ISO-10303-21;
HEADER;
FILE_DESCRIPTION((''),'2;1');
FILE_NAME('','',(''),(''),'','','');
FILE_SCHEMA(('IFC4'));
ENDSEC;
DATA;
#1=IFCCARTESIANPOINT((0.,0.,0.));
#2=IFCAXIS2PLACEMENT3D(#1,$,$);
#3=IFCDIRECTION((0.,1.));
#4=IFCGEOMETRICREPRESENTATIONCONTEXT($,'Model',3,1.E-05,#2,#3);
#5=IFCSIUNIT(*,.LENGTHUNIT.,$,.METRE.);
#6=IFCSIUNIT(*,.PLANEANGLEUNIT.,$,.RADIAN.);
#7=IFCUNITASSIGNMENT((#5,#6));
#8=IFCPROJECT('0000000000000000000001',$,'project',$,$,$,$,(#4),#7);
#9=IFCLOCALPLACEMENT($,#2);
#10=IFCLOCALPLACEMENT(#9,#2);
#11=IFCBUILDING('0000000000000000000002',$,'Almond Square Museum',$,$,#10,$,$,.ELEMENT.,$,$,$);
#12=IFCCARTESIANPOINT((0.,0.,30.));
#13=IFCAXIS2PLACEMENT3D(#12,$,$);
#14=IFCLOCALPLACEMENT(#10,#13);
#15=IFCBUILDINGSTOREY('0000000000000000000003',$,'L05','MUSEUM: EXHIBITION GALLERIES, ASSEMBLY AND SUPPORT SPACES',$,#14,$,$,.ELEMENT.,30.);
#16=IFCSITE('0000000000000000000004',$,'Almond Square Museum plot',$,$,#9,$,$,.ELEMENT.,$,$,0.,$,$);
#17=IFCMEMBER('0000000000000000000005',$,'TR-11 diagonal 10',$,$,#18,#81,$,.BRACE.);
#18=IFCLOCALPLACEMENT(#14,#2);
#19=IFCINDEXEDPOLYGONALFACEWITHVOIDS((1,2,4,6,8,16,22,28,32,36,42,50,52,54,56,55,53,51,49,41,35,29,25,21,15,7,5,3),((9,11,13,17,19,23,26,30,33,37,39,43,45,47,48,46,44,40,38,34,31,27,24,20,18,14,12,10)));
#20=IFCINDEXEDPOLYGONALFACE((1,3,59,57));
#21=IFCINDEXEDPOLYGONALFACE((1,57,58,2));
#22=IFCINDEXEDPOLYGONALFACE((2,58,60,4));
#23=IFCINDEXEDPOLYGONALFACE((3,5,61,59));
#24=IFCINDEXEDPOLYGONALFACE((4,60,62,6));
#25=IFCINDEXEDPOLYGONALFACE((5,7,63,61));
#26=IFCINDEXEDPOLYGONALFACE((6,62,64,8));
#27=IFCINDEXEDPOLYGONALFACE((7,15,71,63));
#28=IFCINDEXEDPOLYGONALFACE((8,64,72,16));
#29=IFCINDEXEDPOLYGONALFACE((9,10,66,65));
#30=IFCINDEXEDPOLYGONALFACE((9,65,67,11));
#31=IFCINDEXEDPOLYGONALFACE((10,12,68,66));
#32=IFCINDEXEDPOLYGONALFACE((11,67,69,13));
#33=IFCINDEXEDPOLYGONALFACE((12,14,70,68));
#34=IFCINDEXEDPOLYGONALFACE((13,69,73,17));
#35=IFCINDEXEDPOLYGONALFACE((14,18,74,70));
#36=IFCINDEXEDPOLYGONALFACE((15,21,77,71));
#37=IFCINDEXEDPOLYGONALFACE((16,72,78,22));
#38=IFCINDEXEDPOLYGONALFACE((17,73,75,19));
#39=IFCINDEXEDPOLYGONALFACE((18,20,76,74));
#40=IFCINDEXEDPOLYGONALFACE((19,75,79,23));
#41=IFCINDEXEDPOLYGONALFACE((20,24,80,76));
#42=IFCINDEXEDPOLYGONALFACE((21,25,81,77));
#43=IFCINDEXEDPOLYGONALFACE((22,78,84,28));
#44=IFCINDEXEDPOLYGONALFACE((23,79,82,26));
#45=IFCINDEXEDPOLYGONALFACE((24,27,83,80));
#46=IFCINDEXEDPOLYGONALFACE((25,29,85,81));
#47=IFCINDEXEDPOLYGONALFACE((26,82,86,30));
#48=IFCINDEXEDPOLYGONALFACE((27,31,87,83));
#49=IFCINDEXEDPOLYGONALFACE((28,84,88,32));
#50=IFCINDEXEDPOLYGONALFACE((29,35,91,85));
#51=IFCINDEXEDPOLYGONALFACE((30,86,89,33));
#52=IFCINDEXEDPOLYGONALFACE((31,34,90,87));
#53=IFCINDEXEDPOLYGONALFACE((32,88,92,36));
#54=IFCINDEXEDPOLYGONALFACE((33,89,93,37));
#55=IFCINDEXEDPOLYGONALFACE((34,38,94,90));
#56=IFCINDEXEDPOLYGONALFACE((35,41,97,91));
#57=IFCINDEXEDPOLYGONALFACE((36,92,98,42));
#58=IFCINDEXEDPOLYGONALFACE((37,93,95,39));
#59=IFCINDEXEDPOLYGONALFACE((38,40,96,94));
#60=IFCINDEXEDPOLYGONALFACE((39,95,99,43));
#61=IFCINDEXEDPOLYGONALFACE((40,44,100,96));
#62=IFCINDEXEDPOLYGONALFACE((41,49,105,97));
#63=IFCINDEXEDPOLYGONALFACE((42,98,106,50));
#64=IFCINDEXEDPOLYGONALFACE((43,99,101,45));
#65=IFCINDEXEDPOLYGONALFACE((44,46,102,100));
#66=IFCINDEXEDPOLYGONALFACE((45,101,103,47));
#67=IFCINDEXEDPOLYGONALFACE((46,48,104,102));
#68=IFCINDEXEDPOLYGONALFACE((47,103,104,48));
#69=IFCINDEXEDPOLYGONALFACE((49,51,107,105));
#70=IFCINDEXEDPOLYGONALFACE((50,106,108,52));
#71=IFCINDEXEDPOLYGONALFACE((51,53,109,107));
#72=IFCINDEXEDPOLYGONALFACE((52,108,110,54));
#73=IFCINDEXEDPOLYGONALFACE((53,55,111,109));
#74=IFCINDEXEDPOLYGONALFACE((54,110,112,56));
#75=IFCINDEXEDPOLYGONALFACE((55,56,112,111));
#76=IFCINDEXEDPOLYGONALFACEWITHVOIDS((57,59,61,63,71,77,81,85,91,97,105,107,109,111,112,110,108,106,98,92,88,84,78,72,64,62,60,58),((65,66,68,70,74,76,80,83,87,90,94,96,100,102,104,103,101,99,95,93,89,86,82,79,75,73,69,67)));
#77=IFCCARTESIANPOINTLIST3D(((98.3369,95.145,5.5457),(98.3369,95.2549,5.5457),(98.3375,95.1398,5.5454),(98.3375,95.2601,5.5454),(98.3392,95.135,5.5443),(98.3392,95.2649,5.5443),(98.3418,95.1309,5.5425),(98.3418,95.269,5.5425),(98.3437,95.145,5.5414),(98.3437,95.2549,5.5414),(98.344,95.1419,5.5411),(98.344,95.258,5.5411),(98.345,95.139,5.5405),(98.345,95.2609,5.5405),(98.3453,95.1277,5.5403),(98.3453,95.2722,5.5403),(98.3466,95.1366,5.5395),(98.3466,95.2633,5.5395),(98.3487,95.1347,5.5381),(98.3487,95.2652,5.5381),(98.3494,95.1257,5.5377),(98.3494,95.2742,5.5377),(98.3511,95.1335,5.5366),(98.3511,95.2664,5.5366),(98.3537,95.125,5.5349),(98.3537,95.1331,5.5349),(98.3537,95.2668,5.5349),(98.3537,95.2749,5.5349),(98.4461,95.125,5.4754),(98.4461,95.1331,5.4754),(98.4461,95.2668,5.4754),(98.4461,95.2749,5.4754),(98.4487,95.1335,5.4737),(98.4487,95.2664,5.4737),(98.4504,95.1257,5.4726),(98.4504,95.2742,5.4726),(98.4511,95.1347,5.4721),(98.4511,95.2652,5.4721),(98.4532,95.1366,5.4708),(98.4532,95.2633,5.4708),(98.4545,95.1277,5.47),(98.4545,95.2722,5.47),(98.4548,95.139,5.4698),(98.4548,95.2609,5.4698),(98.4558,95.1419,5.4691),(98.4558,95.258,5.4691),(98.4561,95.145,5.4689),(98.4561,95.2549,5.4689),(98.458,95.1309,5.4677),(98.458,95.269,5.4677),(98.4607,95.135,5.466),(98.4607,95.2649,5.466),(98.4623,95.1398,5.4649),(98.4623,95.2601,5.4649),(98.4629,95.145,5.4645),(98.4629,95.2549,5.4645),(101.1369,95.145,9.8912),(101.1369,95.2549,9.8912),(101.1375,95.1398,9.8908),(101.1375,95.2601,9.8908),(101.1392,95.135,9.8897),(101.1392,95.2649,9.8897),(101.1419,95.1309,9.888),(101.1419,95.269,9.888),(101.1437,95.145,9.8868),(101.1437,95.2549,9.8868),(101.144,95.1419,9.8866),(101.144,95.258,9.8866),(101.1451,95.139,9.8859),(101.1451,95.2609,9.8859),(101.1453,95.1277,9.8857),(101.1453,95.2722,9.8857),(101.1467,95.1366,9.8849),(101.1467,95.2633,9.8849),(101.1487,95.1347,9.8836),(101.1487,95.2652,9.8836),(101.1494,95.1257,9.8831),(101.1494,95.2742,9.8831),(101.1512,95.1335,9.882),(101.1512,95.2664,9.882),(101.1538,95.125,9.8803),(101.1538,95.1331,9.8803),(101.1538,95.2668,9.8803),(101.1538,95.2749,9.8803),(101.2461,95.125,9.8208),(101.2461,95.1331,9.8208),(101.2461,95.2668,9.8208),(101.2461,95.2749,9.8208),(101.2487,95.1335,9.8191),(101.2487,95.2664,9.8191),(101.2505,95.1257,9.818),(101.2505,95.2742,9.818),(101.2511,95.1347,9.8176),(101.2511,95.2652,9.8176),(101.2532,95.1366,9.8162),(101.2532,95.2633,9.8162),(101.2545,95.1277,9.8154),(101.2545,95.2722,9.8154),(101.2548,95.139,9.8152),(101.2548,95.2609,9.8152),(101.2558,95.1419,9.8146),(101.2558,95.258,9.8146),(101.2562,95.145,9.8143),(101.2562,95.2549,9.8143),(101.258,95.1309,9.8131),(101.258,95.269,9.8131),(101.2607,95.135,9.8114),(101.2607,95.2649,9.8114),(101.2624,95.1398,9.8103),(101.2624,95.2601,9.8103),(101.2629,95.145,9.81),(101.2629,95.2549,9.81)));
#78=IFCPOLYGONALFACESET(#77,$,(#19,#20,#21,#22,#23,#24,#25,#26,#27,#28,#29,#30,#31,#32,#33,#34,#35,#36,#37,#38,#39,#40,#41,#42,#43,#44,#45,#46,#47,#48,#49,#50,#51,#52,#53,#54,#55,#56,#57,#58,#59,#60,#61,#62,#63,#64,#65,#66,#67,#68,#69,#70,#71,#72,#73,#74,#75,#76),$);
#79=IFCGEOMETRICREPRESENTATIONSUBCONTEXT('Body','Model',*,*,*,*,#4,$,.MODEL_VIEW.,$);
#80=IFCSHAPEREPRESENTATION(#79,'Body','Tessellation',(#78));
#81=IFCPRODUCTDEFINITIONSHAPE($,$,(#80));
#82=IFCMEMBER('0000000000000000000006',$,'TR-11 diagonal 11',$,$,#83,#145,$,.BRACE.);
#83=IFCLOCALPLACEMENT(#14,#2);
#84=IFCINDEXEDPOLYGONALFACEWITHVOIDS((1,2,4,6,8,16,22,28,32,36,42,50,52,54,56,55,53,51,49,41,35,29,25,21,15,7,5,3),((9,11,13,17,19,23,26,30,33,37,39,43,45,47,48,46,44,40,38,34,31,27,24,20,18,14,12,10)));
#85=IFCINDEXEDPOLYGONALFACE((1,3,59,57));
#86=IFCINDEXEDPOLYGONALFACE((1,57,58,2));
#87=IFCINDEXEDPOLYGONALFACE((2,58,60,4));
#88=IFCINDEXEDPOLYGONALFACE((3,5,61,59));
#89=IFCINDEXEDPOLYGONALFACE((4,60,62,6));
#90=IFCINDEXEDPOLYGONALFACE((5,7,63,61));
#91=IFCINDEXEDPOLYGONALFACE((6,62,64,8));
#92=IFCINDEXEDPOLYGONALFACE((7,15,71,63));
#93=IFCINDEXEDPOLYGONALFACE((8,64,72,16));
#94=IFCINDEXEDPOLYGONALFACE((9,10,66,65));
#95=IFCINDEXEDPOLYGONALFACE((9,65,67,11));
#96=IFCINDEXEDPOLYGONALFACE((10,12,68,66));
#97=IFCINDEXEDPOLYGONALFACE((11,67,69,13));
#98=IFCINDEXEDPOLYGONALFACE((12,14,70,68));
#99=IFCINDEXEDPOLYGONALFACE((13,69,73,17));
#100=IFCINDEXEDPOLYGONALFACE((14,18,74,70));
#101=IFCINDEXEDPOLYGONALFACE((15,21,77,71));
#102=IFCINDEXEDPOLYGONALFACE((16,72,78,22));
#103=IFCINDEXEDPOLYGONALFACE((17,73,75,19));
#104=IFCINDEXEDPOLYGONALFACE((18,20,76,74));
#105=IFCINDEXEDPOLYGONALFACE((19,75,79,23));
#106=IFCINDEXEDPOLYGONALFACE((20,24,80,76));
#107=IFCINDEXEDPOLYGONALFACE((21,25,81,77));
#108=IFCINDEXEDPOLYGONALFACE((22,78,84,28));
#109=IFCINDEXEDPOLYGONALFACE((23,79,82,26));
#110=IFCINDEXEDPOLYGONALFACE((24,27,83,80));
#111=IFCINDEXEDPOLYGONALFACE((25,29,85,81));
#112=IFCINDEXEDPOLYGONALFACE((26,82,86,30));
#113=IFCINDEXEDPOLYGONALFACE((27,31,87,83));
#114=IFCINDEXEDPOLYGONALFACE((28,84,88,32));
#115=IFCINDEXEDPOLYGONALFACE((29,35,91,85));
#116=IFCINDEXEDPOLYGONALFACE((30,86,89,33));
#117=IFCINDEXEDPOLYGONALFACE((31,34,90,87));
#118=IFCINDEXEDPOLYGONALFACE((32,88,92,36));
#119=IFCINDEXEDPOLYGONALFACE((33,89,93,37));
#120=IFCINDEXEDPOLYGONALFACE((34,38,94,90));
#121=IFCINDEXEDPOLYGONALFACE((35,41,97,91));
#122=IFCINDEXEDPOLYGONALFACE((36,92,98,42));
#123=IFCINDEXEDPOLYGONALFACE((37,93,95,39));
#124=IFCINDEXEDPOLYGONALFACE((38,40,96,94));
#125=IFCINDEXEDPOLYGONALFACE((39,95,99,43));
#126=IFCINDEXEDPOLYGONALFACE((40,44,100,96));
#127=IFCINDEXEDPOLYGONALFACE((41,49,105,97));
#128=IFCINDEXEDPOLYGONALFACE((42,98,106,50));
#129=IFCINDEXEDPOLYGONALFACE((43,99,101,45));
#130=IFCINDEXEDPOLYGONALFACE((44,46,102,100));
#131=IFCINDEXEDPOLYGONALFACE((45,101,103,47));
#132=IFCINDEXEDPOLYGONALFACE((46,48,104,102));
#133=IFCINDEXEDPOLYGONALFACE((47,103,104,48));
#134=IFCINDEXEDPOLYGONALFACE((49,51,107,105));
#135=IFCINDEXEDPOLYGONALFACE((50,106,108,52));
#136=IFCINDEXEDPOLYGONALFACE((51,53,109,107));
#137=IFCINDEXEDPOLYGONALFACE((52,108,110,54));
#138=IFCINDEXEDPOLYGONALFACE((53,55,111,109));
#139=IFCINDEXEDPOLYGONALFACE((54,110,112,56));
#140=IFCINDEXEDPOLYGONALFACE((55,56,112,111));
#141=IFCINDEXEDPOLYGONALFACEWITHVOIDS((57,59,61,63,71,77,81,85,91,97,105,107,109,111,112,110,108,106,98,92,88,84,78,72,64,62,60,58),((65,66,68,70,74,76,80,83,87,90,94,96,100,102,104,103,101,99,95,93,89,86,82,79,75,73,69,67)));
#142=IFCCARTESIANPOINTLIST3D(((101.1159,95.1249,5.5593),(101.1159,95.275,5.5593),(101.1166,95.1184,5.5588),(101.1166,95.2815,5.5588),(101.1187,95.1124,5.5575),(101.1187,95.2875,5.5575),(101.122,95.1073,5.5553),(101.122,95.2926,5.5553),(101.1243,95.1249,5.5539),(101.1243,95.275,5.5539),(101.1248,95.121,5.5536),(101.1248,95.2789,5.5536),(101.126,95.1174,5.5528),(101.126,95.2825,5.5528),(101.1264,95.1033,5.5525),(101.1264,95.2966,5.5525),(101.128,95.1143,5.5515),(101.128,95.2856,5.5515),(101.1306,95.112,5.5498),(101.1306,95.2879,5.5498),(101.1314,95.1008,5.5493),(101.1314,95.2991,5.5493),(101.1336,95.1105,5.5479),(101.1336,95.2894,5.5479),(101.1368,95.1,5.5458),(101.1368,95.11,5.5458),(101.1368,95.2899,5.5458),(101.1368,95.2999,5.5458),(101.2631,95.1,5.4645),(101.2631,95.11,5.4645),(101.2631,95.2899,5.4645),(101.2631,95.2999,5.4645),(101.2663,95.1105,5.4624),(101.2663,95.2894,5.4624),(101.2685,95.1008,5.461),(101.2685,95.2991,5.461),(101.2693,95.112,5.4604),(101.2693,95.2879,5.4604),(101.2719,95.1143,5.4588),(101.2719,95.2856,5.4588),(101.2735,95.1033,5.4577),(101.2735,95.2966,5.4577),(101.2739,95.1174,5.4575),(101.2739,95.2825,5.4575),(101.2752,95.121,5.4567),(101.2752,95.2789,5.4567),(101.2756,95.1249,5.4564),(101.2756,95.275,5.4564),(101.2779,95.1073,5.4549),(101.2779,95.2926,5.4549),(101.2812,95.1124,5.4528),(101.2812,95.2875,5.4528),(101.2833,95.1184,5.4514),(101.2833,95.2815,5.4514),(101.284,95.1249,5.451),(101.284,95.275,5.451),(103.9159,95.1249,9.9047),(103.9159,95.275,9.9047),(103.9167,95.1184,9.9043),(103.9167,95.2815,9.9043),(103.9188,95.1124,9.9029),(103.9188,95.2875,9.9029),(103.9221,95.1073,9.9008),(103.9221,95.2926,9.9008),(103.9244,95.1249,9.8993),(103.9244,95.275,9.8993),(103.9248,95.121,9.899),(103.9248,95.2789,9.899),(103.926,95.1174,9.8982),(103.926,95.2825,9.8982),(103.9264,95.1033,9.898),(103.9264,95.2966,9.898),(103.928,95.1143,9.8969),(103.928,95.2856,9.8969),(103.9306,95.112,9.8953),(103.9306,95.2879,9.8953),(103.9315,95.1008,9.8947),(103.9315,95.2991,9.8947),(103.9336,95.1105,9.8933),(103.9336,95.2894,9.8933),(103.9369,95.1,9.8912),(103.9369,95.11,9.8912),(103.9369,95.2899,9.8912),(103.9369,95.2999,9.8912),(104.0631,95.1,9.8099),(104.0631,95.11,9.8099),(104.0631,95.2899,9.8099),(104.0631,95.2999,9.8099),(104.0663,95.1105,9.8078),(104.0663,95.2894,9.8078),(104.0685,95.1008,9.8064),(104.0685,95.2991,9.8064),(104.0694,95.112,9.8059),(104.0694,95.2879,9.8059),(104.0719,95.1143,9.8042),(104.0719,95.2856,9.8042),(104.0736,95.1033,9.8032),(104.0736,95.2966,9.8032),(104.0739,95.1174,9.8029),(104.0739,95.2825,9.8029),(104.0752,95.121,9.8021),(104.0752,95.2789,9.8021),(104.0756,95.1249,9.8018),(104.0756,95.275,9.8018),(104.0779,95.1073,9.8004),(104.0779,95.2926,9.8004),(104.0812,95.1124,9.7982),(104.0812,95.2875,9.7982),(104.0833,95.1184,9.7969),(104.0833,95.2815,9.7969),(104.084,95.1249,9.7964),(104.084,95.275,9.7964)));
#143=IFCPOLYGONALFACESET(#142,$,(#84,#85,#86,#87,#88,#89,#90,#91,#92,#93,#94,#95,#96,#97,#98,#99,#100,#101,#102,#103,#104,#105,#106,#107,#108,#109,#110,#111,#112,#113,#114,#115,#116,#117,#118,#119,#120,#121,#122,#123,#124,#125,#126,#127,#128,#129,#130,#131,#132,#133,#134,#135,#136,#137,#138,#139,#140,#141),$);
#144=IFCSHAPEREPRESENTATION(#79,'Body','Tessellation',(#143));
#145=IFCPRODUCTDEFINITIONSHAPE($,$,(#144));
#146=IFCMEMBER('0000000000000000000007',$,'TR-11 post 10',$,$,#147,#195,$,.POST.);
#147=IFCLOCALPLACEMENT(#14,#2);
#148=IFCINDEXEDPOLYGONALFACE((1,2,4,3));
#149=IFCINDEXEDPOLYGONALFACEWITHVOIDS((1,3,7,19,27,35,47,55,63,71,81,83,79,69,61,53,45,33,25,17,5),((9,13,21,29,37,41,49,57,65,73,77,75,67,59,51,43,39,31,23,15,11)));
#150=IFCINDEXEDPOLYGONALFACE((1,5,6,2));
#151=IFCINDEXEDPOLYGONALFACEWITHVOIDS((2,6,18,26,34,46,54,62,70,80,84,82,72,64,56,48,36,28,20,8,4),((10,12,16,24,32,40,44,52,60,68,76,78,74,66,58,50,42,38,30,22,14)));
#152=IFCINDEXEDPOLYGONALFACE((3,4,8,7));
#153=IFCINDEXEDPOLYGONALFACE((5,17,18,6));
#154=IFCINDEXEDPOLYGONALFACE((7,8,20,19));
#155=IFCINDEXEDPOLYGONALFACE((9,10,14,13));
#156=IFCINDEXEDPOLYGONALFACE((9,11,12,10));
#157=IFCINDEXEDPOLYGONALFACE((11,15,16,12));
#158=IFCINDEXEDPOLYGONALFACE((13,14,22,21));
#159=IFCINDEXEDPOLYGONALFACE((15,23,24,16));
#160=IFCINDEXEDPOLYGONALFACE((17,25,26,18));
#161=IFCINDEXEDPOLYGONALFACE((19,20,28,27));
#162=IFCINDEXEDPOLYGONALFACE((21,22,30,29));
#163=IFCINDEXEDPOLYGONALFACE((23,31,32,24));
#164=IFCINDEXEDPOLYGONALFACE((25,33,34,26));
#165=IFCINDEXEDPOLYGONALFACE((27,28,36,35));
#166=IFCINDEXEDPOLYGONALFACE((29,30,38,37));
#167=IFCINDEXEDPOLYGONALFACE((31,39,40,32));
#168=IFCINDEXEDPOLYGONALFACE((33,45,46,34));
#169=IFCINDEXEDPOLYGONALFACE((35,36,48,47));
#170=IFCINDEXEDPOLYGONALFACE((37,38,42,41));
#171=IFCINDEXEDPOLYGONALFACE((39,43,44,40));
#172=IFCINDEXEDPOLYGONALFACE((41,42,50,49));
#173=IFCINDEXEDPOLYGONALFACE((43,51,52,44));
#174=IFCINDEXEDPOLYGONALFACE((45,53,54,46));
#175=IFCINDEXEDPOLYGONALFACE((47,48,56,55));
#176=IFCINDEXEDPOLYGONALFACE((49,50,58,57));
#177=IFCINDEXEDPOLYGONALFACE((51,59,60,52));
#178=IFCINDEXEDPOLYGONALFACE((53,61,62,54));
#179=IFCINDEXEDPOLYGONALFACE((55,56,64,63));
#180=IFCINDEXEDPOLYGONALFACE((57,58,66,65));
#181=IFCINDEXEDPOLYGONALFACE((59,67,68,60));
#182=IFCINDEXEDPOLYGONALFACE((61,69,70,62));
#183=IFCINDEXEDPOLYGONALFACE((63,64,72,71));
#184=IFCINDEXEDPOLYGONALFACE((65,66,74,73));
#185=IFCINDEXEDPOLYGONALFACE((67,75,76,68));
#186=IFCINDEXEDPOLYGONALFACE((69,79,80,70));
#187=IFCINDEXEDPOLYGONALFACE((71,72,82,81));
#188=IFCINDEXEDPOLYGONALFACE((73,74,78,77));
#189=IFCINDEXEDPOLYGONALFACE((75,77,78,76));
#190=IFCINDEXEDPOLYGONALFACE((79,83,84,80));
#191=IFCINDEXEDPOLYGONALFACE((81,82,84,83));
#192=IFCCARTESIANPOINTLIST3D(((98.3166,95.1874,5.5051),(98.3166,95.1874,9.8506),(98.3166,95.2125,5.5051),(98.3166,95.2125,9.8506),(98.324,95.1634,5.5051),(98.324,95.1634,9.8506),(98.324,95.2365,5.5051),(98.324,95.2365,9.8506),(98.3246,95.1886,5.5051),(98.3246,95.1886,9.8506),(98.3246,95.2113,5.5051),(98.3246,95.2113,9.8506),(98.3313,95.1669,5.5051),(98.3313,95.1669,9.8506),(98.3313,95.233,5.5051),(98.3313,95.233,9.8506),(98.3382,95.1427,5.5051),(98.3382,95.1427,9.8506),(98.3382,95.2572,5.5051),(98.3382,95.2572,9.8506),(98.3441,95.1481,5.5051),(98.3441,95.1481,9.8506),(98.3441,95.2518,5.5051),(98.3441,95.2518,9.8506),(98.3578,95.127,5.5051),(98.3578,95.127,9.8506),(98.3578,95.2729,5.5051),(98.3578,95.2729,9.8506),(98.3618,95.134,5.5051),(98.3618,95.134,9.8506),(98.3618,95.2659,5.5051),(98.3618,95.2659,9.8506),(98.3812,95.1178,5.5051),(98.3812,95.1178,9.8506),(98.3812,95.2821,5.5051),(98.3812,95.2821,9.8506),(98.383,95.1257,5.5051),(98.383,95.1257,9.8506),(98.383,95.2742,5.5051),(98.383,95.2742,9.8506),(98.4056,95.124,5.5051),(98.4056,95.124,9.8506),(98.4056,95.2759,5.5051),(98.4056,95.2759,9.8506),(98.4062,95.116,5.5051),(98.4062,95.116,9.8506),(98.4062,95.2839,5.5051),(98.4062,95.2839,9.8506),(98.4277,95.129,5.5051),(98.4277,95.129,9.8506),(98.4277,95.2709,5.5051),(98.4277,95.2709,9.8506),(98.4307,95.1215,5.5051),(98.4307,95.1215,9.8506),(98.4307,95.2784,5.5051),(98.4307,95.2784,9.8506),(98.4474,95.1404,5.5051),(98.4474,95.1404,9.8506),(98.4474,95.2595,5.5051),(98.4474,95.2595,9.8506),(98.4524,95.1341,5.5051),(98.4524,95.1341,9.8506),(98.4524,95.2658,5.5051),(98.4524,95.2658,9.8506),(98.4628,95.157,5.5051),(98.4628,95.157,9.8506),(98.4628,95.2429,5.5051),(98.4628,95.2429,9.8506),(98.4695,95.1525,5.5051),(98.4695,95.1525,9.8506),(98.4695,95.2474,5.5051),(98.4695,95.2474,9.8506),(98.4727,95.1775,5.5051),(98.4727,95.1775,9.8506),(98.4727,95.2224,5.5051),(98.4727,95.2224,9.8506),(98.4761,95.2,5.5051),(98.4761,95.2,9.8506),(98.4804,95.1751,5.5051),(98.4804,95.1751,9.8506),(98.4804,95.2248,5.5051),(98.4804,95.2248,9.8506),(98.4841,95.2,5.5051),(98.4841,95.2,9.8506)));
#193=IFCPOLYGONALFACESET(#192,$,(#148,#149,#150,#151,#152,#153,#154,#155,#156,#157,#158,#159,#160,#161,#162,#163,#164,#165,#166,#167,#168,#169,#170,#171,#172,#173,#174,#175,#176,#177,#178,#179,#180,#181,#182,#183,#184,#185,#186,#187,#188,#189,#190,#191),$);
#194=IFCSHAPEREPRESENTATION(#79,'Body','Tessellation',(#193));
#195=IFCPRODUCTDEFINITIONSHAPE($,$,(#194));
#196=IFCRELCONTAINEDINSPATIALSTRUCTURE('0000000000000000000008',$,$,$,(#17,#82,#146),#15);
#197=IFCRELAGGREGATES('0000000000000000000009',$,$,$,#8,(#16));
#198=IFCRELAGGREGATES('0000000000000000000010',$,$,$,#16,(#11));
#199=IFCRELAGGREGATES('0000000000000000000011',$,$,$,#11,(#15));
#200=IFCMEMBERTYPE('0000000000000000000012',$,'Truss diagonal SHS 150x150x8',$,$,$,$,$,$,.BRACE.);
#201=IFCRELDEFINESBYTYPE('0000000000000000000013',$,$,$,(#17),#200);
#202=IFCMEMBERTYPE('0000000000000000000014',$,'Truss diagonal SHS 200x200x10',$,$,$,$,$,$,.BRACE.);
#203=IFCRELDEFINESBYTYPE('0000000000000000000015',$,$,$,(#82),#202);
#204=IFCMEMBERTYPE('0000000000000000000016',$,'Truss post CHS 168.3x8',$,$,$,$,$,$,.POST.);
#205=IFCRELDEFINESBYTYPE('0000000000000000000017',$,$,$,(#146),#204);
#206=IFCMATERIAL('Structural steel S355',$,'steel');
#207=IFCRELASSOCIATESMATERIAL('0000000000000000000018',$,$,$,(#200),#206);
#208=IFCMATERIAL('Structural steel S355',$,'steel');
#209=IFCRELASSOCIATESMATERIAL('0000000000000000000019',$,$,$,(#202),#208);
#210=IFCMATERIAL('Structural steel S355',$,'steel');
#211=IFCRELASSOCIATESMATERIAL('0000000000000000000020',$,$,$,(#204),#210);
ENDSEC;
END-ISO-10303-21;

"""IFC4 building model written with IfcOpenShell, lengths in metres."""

from ifc_helpers import new_model, si_unit, direction, frame, origin, origin_2d, place, context, subcontext, project, spatial, hollow_rectangle, hollow_circle, extrude, material, material_profile, profile_set, type_object, element, save


model = new_model("IFC4")

# Units and contexts
model_context = context("Model", 3, precision=1e-05, world=origin(), true_north=direction((0.0, 1.0)))
body_context = subcontext(model_context, "Body", "Model", "MODEL_VIEW")
ifc_project = project(units=[si_unit("LENGTHUNIT", "METRE"), si_unit("PLANEANGLEUNIT", "RADIAN")], contexts=[model_context])

# Site, building, storey
site_placement = place(None, origin())
site = spatial("IfcSite", under=ifc_project, at=site_placement, Name="Almond Square Museum plot", CompositionType="ELEMENT", RefElevation=0.0)
building_placement = place(site_placement, origin())
building = spatial("IfcBuilding", under=site, at=building_placement, Name="Almond Square Museum", CompositionType="ELEMENT")
storey_placement = place(building_placement, frame((0.0, 0.0, 30.0)))
storey = spatial("IfcBuildingStorey", under=building, at=storey_placement, Name="L05", Description="MUSEUM: EXHIBITION GALLERIES, ASSEMBLY AND SUPPORT SPACES", CompositionType="ELEMENT", Elevation=30.0)

# Members
ifc_material_1 = material(Name="Structural steel S355", Category="steel")
ifc_material_profile_1 = material_profile(ifc_material_1, hollow_rectangle(XDim=0.1499, YDim=0.1499, WallThickness=0.0081, InnerFilletRadius=0.012, OuterFilletRadius=0.02, at=origin_2d()))
ifc_profile_set_1 = profile_set([ifc_material_profile_1], Name="Structural steel S355")
member_type_1 = type_object("IfcMemberType", Name="Truss diagonal SHS 150x150x8", PredefinedType="BRACE", material=ifc_profile_set_1)
member_1_placement = place(storey_placement, frame((98.3999, 95.2, 5.5051), z_axis=(0.541652, 0.0, 0.840603), x_axis=(0.0, 1.0, 0.0)))
element("IfcMember", 1, at=member_1_placement, inside=storey, type_object=member_type_1, Name="TR-11 diagonal 10", PredefinedType="BRACE", context=body_context, shape_type="SweptSolid", body=[
    extrude(hollow_rectangle(XDim=0.1499, YDim=0.1499, WallThickness=0.0081, InnerFilletRadius=0.012, OuterFilletRadius=0.02, at=origin_2d()), origin(), (0.0, 0.0, 1.0), 5.1694),
])
ifc_material_2 = material(Name="Structural steel S355", Category="steel")
ifc_material_profile_2 = material_profile(ifc_material_2, hollow_rectangle(XDim=0.2, YDim=0.2, WallThickness=0.01, InnerFilletRadius=0.0149, OuterFilletRadius=0.0249, at=origin_2d()))
ifc_profile_set_2 = profile_set([ifc_material_profile_2], Name="Structural steel S355")
member_type_2 = type_object("IfcMemberType", Name="Truss diagonal SHS 200x200x10", PredefinedType="BRACE", material=ifc_profile_set_2)
member_2_placement = place(storey_placement, frame((101.2, 95.2, 5.5051), z_axis=(0.541652, 0.0, 0.840603), x_axis=(0.0, 1.0, 0.0)))
element("IfcMember", 2, at=member_2_placement, inside=storey, type_object=member_type_2, Name="TR-11 diagonal 11", PredefinedType="BRACE", context=body_context, shape_type="SweptSolid", body=[
    extrude(hollow_rectangle(XDim=0.2, YDim=0.2, WallThickness=0.01, InnerFilletRadius=0.0149, OuterFilletRadius=0.0249, at=origin_2d()), origin(), (0.0, 0.0, 1.0), 5.1694),
])
ifc_material_3 = material(Name="Structural steel S355", Category="steel")
ifc_material_profile_3 = material_profile(ifc_material_3, hollow_circle(Radius=0.0842, WallThickness=0.0081, at=origin_2d()))
ifc_profile_set_3 = profile_set([ifc_material_profile_3], Name="Structural steel S355")
member_type_3 = type_object("IfcMemberType", Name="Truss post CHS 168.3x8", PredefinedType="POST", material=ifc_profile_set_3)
for number, where, z_axis, x_axis, name in (
    (3, (98.3999, 95.2, 5.5051), (0.0, 0.0, 1.0), (1.0, 0.0, 0.0), "TR-11 post 10"),
):
    element("IfcMember", number, at=place(storey_placement, frame(where, z_axis=z_axis, x_axis=x_axis)), inside=storey, type_object=member_type_3, Name=name, PredefinedType="POST", context=body_context, shape_type="SweptSolid", body=[
        extrude(hollow_circle(Radius=0.0842, WallThickness=0.0081, at=origin_2d()), origin(), (0.0, 0.0, 1.0), 4.3455),
    ])

save(model, "model.ifc")
